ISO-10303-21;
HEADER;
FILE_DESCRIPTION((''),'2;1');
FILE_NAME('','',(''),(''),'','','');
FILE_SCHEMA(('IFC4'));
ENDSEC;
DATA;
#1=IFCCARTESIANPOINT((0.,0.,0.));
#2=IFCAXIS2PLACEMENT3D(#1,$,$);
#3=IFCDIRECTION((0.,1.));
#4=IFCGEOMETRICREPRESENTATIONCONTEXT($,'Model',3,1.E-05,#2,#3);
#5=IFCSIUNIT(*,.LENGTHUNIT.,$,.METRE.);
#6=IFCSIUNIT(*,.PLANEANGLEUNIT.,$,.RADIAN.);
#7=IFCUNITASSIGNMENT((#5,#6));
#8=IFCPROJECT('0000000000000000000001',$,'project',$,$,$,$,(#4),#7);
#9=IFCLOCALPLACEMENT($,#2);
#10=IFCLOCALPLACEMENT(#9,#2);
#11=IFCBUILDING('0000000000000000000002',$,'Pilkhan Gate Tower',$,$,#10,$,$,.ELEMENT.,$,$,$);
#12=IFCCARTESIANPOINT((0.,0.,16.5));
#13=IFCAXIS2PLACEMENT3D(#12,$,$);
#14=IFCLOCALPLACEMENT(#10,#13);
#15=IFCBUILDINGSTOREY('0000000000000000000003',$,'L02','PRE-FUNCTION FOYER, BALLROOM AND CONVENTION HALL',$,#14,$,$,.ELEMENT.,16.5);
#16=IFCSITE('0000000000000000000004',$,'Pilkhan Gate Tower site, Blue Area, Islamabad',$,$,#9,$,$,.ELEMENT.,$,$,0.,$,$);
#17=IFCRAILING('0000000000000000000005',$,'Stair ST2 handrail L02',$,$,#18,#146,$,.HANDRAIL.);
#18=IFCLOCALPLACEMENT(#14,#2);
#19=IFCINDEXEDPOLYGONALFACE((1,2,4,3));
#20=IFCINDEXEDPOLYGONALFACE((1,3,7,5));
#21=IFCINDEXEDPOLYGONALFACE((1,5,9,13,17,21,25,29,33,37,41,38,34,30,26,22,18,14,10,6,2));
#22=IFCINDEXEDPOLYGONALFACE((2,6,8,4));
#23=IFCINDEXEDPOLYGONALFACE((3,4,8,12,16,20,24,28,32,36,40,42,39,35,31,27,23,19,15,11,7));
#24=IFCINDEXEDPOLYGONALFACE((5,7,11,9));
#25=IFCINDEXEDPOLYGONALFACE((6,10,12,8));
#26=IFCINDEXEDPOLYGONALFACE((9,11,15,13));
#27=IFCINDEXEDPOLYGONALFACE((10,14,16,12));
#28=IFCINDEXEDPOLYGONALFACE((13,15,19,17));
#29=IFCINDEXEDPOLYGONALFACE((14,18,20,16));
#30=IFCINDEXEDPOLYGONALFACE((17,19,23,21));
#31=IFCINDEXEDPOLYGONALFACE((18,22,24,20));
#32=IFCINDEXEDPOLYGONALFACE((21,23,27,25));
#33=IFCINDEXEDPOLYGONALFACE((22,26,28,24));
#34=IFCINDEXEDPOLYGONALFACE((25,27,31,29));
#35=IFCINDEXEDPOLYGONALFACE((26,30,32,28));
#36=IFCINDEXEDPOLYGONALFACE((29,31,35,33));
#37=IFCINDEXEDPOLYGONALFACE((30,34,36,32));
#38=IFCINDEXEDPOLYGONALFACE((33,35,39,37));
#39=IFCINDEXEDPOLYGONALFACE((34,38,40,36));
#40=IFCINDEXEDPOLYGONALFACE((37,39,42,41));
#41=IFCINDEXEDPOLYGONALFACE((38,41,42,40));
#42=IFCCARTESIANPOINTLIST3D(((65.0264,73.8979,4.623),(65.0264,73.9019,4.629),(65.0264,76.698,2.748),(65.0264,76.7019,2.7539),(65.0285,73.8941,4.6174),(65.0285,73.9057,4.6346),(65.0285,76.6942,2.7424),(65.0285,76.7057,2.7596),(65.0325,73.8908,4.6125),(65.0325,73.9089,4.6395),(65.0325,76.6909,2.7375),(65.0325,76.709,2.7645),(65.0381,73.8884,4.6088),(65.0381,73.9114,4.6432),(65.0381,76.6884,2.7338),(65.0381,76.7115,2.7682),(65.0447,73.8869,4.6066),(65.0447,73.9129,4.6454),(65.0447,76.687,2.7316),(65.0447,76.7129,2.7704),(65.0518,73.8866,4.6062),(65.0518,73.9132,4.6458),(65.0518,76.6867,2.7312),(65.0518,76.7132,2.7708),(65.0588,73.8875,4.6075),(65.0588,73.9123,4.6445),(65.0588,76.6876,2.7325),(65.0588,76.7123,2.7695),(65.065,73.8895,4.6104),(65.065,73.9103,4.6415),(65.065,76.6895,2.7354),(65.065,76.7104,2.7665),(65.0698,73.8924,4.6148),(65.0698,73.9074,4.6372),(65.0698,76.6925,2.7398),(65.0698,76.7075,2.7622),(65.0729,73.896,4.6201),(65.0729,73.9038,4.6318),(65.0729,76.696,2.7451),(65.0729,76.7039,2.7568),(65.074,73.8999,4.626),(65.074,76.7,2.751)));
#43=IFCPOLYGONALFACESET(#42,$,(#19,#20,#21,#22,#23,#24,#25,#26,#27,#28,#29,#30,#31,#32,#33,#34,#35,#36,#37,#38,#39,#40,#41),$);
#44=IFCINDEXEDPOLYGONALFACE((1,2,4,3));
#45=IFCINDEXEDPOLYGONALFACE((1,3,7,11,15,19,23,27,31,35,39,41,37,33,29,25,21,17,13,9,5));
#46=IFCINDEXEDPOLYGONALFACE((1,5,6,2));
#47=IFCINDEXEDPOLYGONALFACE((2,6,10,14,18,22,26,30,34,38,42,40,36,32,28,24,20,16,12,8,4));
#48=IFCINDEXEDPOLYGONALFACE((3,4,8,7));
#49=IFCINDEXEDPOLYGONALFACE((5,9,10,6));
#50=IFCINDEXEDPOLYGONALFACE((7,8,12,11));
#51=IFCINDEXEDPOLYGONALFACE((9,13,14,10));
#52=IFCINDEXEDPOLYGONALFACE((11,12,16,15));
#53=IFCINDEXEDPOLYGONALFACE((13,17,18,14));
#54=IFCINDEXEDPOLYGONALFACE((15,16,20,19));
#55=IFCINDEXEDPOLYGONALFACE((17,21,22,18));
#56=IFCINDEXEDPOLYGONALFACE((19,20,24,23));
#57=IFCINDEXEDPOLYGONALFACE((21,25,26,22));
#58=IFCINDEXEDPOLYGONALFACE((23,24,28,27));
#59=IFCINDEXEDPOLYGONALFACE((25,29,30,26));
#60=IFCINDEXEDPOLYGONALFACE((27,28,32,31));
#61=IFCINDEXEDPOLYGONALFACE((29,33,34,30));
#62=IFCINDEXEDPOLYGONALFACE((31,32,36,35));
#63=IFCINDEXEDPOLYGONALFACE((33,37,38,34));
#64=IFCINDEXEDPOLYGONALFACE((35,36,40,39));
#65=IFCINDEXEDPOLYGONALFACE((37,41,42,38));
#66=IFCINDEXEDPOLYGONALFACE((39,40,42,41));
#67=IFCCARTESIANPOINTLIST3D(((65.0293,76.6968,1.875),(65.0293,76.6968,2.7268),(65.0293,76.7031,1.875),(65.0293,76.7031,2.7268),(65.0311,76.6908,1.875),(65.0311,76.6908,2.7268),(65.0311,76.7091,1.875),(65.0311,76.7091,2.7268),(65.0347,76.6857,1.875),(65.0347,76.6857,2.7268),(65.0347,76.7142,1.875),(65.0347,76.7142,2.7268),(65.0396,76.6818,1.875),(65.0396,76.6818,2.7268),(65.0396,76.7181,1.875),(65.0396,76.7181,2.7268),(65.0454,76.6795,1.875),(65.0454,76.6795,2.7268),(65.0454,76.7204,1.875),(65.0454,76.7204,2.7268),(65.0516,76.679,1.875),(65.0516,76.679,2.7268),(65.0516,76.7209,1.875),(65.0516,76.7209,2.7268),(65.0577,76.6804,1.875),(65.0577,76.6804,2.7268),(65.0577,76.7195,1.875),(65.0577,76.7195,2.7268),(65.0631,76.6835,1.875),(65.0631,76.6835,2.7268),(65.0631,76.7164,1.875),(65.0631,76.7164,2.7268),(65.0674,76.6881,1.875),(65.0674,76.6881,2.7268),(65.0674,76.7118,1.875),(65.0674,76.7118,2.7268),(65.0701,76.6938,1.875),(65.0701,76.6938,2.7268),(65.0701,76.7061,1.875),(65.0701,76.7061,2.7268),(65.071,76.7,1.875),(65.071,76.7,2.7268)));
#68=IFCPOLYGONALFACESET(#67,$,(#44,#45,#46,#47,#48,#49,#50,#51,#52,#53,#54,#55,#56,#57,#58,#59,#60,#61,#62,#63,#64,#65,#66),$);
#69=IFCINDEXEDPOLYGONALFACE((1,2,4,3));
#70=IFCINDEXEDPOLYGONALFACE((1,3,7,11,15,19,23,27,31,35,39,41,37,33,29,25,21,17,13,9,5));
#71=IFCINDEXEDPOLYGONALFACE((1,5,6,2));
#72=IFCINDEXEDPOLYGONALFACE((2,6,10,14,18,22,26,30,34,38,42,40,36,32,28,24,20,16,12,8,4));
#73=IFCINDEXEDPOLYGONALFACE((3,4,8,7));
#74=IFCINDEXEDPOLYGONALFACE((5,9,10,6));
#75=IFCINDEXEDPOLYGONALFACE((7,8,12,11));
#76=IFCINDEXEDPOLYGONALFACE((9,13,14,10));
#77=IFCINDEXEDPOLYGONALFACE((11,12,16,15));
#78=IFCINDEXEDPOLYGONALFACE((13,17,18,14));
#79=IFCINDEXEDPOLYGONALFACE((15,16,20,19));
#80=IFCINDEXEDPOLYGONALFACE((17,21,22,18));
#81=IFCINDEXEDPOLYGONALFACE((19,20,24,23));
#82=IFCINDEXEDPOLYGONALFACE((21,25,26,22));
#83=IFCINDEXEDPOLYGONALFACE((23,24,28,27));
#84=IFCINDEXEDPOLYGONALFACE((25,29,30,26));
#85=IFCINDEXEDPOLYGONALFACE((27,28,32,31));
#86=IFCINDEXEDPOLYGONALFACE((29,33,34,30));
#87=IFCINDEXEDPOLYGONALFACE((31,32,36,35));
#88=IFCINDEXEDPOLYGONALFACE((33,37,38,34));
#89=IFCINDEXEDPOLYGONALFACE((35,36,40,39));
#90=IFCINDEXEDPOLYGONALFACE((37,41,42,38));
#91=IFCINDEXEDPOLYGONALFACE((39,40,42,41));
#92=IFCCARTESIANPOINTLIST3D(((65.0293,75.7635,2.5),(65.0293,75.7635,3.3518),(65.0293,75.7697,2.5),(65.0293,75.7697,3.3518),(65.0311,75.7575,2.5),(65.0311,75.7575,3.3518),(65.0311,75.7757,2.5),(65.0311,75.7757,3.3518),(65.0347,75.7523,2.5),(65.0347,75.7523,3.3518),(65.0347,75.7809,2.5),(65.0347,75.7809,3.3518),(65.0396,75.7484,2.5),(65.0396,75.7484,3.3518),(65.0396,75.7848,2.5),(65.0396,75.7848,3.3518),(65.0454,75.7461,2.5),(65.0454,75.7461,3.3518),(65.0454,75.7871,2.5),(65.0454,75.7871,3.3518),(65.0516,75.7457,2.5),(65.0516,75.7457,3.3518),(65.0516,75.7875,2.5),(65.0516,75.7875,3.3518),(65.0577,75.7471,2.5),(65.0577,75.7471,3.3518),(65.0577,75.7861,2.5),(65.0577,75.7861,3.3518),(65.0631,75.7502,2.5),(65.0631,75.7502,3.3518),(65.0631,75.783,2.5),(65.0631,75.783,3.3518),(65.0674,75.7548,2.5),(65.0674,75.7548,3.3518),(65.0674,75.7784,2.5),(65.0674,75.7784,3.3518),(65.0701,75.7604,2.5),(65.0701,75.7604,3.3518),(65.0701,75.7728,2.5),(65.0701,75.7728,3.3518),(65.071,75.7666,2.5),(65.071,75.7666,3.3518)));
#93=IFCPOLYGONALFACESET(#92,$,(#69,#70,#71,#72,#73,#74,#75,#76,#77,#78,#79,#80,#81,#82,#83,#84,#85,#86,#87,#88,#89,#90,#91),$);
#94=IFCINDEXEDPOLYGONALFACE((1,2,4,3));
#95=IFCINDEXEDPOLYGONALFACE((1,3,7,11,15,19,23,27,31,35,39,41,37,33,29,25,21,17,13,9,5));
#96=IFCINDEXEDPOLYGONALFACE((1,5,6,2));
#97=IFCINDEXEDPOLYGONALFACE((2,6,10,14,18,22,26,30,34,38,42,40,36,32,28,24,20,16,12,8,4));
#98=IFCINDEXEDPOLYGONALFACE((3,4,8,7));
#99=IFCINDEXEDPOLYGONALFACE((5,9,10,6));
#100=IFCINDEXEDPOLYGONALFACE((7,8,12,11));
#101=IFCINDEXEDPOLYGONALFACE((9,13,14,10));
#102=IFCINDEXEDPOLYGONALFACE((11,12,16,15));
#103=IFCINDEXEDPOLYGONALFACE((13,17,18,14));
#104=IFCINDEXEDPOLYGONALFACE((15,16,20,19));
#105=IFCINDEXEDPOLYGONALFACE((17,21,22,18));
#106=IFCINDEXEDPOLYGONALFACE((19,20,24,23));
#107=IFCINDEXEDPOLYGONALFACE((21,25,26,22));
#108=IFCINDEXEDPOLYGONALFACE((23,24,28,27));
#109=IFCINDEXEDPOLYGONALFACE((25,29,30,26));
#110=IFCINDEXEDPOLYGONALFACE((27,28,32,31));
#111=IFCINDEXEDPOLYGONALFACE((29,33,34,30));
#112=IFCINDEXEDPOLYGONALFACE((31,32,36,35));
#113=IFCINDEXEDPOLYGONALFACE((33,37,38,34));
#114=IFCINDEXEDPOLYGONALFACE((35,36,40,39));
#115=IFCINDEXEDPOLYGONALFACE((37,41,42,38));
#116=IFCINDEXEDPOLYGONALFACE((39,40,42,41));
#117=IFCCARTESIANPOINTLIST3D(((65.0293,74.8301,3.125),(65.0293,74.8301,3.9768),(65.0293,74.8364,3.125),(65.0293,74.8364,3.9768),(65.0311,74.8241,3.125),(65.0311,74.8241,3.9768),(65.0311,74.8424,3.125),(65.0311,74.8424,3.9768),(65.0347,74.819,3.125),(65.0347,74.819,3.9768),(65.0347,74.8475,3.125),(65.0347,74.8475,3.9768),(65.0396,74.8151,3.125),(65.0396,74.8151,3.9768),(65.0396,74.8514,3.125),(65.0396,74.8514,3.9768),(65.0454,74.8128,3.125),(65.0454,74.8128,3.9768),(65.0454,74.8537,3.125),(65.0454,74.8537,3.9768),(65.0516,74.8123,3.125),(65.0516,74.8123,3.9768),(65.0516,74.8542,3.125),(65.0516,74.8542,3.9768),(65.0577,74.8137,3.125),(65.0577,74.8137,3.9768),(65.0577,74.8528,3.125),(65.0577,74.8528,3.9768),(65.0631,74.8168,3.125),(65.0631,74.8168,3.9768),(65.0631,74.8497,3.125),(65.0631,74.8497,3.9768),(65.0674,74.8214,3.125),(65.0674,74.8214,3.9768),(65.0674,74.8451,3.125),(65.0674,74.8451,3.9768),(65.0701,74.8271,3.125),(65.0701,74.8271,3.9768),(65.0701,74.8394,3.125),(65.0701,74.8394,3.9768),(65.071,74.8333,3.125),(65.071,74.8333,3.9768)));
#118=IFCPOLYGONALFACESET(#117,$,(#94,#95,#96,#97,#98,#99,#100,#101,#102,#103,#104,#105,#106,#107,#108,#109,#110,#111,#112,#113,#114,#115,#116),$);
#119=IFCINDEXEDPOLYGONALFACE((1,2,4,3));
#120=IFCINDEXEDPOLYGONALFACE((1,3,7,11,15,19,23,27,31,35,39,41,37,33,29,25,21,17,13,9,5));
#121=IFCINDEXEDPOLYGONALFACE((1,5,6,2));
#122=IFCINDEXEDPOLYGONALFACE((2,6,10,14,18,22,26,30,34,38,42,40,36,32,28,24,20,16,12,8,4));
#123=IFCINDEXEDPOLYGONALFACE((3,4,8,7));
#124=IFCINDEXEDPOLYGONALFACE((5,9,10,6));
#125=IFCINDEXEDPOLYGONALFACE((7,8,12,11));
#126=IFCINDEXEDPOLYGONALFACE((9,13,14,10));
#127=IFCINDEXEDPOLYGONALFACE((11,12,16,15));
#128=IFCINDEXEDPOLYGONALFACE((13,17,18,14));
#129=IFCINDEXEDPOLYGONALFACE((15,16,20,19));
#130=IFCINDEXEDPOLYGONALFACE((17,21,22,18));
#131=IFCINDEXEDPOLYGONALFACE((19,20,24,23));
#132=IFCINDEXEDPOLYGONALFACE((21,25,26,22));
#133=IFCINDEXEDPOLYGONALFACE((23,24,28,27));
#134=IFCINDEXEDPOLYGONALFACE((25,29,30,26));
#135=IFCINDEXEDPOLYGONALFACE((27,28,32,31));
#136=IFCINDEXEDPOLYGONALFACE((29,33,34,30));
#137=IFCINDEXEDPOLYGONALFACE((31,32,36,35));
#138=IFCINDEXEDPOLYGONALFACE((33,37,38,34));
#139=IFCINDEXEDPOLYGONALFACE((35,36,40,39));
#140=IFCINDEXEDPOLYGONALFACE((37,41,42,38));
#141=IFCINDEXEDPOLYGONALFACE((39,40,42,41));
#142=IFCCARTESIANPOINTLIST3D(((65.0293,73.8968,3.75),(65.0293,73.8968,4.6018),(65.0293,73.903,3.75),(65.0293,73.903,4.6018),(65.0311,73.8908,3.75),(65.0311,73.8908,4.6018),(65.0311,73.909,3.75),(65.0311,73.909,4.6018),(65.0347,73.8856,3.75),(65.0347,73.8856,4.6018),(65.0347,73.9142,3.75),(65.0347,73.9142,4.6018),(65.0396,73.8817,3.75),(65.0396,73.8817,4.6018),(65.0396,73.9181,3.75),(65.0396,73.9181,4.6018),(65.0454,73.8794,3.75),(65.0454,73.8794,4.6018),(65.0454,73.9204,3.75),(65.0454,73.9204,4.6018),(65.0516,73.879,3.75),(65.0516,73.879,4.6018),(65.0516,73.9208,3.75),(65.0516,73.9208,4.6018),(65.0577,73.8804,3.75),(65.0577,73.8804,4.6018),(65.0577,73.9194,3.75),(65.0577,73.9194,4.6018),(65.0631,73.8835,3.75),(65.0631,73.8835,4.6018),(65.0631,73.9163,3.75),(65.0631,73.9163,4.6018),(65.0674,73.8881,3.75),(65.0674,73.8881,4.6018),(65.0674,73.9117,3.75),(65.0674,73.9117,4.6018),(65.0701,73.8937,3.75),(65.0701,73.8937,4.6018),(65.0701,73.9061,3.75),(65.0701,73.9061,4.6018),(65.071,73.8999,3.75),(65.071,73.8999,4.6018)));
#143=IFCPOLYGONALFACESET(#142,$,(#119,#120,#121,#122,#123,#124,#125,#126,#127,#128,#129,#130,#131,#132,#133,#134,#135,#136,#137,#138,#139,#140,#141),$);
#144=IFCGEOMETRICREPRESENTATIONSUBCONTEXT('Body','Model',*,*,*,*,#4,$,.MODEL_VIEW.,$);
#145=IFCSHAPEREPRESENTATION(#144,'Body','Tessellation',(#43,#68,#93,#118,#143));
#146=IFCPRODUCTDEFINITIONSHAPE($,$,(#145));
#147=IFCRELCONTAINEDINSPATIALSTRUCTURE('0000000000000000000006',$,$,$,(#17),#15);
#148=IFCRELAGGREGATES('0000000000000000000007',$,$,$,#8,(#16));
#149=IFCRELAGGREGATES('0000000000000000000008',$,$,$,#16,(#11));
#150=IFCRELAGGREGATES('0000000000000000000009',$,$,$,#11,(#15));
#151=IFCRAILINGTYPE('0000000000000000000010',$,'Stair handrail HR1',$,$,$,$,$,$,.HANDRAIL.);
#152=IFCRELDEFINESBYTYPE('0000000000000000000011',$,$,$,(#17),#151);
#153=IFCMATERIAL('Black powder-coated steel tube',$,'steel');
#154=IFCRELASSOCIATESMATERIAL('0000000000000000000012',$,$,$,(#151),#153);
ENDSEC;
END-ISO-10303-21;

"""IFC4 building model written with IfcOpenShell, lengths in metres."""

from ifc_helpers import new_model, si_unit, direction, frame, origin, origin_2d, place, context, subcontext, project, spatial, circle, extrude, material, type_object, element, save


model = new_model("IFC4")

# Units and contexts
model_context = context("Model", 3, precision=1e-05, world=origin(), true_north=direction((0.0, 1.0)))
body_context = subcontext(model_context, "Body", "Model", "MODEL_VIEW")
ifc_project = project(units=[si_unit("LENGTHUNIT", "METRE"), si_unit("PLANEANGLEUNIT", "RADIAN")], contexts=[model_context])

# Site, building, storey
site_placement = place(None, origin())
site = spatial("IfcSite", under=ifc_project, at=site_placement, Name="Pilkhan Gate Tower site, Blue Area, Islamabad", CompositionType="ELEMENT", RefElevation=0.0)
building_placement = place(site_placement, origin())
building = spatial("IfcBuilding", under=site, at=building_placement, Name="Pilkhan Gate Tower", CompositionType="ELEMENT")
storey_placement = place(building_placement, frame((0.0, 0.0, 16.5)))
storey = spatial("IfcBuildingStorey", under=building, at=storey_placement, Name="L02", Description="PRE-FUNCTION FOYER, BALLROOM AND CONVENTION HALL", CompositionType="ELEMENT", Elevation=16.5)

# Railing
ifc_material_1 = material(Name="Black powder-coated steel tube", Category="steel")
railing_type_1 = type_object("IfcRailingType", Name="Stair handrail HR1", PredefinedType="HANDRAIL", material=ifc_material_1)
railing_1_placement = place(storey_placement, frame((65.05, 76.7, 1.875)))
element("IfcRailing", 1, at=railing_1_placement, inside=storey, type_object=railing_type_1, Name="Stair ST2 handrail L02", PredefinedType="HANDRAIL", context=body_context, shape_type="SweptSolid", body=[
    extrude(circle(Radius=0.0239, at=origin_2d()), frame((0.0, 0.0, 0.876), z_axis=(0.0, -0.830912, 0.556404), x_axis=(1.0, 0.0, 0.0)), (0.0, 0.0, 1.0), 3.3699),
    extrude(circle(Radius=0.021, at=origin_2d()), origin(), (0.0, 0.0, 1.0), 0.8518),
    extrude(circle(Radius=0.021, at=origin_2d()), frame((0.0, -0.9333, 0.625)), (0.0, 0.0, 1.0), 0.8518),
    extrude(circle(Radius=0.021, at=origin_2d()), frame((0.0, -1.8667, 1.25)), (0.0, 0.0, 1.0), 0.8518),
    extrude(circle(Radius=0.021, at=origin_2d()), frame((0.0, -2.8, 1.875)), (0.0, 0.0, 1.0), 0.8518),
])

save(model, "model.ifc")
